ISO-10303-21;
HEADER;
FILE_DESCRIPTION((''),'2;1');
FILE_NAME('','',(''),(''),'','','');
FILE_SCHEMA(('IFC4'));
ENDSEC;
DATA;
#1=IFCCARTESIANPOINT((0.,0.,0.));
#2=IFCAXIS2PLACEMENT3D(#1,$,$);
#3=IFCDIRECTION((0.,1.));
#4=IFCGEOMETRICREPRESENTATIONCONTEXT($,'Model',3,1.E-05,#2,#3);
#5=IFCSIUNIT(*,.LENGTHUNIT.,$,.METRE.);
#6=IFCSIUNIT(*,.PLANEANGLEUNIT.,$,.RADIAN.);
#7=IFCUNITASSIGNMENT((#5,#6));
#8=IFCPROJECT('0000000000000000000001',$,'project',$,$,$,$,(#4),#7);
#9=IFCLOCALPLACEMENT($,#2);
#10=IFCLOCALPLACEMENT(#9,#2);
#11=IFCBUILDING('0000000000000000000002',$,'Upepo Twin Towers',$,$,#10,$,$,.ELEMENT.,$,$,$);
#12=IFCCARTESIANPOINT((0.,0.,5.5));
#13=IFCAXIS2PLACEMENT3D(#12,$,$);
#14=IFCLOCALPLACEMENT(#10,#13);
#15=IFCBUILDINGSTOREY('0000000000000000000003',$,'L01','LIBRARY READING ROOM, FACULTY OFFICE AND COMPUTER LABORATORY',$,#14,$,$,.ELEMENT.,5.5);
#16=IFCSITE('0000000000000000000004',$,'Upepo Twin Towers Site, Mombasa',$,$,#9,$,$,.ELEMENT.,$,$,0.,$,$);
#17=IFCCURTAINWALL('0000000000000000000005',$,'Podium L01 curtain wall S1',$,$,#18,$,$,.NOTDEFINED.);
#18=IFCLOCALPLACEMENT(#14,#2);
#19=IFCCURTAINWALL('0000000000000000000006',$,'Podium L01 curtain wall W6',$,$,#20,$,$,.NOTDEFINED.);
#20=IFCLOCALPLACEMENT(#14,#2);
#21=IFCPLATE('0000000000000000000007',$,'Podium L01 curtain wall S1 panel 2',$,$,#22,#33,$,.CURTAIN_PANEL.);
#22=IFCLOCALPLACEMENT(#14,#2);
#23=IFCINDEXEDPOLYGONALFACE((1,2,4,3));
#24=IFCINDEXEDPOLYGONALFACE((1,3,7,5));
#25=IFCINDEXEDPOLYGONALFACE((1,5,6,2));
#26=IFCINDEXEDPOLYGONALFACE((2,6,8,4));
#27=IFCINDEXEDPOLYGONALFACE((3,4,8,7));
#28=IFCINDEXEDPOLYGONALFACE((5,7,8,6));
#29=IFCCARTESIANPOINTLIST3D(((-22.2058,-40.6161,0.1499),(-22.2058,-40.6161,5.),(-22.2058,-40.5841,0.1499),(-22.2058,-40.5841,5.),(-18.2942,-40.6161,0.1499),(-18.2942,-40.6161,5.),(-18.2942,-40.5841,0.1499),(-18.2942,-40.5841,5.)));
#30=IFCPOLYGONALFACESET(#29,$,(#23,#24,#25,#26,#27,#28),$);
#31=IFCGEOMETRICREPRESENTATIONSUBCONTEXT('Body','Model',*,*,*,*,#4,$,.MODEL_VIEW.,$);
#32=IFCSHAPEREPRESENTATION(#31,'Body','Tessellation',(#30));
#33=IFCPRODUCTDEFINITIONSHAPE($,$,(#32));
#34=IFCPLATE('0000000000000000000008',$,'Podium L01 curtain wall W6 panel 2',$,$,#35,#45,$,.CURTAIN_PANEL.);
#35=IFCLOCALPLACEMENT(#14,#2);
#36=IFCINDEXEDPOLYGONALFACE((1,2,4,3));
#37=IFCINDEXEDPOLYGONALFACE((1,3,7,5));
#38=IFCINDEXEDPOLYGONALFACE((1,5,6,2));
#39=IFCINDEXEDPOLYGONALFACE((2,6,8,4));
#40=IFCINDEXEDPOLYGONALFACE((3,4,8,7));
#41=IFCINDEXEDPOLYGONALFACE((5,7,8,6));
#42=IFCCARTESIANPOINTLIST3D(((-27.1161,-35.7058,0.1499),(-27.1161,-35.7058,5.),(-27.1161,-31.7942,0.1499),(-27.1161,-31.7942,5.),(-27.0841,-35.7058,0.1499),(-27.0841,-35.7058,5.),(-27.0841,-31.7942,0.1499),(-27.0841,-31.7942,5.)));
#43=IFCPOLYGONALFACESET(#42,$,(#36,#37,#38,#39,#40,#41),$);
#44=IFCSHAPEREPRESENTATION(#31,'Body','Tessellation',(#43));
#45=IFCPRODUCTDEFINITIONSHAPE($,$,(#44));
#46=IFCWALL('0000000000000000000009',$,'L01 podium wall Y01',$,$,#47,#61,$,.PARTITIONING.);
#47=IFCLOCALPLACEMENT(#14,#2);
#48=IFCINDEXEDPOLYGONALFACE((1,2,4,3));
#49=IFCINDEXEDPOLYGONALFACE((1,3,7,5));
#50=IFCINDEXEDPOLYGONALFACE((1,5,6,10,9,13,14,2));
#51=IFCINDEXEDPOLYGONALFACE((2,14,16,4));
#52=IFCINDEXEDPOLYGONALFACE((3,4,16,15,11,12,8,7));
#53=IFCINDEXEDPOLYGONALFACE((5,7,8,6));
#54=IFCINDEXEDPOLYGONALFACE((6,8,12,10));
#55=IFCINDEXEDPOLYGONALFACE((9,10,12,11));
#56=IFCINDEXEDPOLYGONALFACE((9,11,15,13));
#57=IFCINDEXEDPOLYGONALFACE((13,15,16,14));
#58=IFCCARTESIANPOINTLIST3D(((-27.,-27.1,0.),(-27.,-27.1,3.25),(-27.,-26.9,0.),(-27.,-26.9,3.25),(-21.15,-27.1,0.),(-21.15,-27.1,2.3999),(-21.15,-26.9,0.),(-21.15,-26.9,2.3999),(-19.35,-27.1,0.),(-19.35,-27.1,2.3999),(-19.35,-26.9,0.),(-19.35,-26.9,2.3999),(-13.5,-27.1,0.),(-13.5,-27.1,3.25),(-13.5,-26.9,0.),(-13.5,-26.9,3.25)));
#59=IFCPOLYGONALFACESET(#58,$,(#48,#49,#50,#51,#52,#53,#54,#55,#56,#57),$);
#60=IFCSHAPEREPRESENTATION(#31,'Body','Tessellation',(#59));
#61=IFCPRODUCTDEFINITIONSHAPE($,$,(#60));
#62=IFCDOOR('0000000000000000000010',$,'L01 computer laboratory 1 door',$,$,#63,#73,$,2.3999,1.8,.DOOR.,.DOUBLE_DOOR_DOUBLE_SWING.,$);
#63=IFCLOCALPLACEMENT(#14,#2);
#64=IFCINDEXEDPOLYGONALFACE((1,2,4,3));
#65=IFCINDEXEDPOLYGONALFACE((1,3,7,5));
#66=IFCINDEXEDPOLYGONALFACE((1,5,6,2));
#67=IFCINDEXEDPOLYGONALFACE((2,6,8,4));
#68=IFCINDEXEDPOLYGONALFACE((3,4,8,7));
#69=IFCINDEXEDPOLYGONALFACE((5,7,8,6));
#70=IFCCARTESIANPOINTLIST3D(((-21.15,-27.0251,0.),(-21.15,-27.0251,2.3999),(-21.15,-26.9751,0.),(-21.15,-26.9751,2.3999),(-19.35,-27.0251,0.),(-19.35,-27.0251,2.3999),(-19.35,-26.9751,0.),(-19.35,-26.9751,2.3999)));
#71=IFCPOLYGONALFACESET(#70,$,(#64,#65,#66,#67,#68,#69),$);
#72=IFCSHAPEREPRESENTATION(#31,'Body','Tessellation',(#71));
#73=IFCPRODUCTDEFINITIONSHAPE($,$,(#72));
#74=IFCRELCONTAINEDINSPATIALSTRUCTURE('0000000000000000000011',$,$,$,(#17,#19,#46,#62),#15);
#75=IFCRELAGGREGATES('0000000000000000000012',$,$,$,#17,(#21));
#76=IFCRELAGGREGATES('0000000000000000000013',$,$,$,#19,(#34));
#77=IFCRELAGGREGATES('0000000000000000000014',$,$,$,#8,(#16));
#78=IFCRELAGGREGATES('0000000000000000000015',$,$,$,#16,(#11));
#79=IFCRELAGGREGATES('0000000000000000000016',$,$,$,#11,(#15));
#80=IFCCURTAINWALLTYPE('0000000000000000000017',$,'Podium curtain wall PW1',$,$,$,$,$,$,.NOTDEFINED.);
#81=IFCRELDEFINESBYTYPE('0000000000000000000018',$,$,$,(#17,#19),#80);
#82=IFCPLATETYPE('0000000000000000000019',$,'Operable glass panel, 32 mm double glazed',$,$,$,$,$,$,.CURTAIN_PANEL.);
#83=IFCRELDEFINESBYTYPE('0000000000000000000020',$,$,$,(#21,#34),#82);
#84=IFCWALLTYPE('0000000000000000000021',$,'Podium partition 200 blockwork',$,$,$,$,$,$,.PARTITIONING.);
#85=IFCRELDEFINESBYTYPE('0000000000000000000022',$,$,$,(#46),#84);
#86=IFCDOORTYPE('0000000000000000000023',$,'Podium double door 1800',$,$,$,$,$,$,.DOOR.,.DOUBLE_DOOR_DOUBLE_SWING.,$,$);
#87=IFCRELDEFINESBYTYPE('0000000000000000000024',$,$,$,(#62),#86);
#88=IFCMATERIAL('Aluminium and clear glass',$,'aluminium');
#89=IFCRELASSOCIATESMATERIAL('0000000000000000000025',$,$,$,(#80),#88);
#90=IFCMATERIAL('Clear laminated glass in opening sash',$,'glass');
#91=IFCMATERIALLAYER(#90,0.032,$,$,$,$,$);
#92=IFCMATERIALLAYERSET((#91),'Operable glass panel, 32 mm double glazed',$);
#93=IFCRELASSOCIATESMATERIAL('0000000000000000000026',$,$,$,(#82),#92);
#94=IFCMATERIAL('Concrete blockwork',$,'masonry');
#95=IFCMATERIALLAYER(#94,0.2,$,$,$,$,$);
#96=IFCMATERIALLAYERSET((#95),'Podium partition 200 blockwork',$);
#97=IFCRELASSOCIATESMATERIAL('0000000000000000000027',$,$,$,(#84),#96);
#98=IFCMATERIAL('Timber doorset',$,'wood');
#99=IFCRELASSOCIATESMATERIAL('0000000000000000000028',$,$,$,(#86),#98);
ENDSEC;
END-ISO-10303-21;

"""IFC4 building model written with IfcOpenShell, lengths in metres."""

from ifc_helpers import new_model, si_unit, direction, frame, frame_2d, origin, origin_2d, place, context, subcontext, project, spatial, rectangle, extrude, material, layer, layer_set, type_object, element, fill, aggregate, save


model = new_model("IFC4")

# Units and contexts
model_context = context("Model", 3, precision=1e-05, world=origin(), true_north=direction((0.0, 1.0)))
body_context = subcontext(model_context, "Body", "Model", "MODEL_VIEW")
ifc_project = project(units=[si_unit("LENGTHUNIT", "METRE"), si_unit("PLANEANGLEUNIT", "RADIAN")], contexts=[model_context])

# Site, building, storey
site_placement = place(None, origin())
site = spatial("IfcSite", under=ifc_project, at=site_placement, Name="Upepo Twin Towers Site, Mombasa", CompositionType="ELEMENT", RefElevation=0.0)
building_placement = place(site_placement, origin())
building = spatial("IfcBuilding", under=site, at=building_placement, Name="Upepo Twin Towers", CompositionType="ELEMENT")
storey_placement = place(building_placement, frame((0.0, 0.0, 5.5)))
storey = spatial("IfcBuildingStorey", under=building, at=storey_placement, Name="L01", Description="LIBRARY READING ROOM, FACULTY OFFICE AND COMPUTER LABORATORY", CompositionType="ELEMENT", Elevation=5.5)

# Curtain wall
ifc_material_1 = material(Name="Aluminium and clear glass", Category="aluminium")
curtain_wall_type = type_object("IfcCurtainWallType", Name="Podium curtain wall PW1", PredefinedType="NOTDEFINED", material=ifc_material_1)
curtain_wall_1_placement = place(storey_placement, origin())
curtain_wall_1 = element("IfcCurtainWall", 1, at=curtain_wall_1_placement, inside=storey, type_object=curtain_wall_type, Name="Podium L01 curtain wall S1", PredefinedType="NOTDEFINED")

# Curtain wall
curtain_wall_2_placement = place(storey_placement, origin())
curtain_wall_2 = element("IfcCurtainWall", 2, at=curtain_wall_2_placement, inside=storey, type_object=curtain_wall_type, Name="Podium L01 curtain wall W6", PredefinedType="NOTDEFINED")

# Plates
ifc_material_2 = material(Name="Clear laminated glass in opening sash", Category="glass")
ifc_layer_1 = layer(ifc_material_2, 0.032)
ifc_layer_set_1 = layer_set([ifc_layer_1], Name="Operable glass panel, 32 mm double glazed")
plate_type_1 = type_object("IfcPlateType", Name="Operable glass panel, 32 mm double glazed", PredefinedType="CURTAIN_PANEL", material=ifc_layer_set_1)
plate_1_placement = place(storey_placement, frame((-20.25, -40.6001, 0.1499), z_axis=(0.0, 0.0, 1.0), x_axis=(1.0, 0.0, 0.0)))
plate_1 = element("IfcPlate", 3, at=plate_1_placement, type_object=plate_type_1, Name="Podium L01 curtain wall S1 panel 2", PredefinedType="CURTAIN_PANEL", context=body_context, shape_type="SweptSolid", body=[
    extrude(rectangle(XDim=3.9116, YDim=0.032, at=origin_2d()), origin(), (0.0, 0.0, 1.0), 4.8501),
])
aggregate(curtain_wall_1, [plate_1])
plate_2_placement = place(storey_placement, frame((-27.1001, -33.75, 0.1499), z_axis=(0.0, 0.0, 1.0), x_axis=(0.0, -1.0, 0.0)))
plate_2 = element("IfcPlate", 4, at=plate_2_placement, type_object=plate_type_1, Name="Podium L01 curtain wall W6 panel 2", PredefinedType="CURTAIN_PANEL", context=body_context, shape_type="SweptSolid", body=[
    extrude(rectangle(XDim=3.9116, YDim=0.032, at=origin_2d()), origin(), (0.0, 0.0, 1.0), 4.8501),
])
aggregate(curtain_wall_2, [plate_2])

# Wall, opening, door
ifc_material_3 = material(Name="Concrete blockwork", Category="masonry")
ifc_layer_2 = layer(ifc_material_3, 0.2)
ifc_layer_set_2 = layer_set([ifc_layer_2], Name="Podium partition 200 blockwork")
wall_type = type_object("IfcWallType", Name="Podium partition 200 blockwork", PredefinedType="PARTITIONING", material=ifc_layer_set_2)
wall_placement = place(storey_placement, frame((-27.0, -27.0, 0.0), z_axis=(0.0, 0.0, 1.0), x_axis=(1.0, 0.0, 0.0)))
wall = element("IfcWall", 5, at=wall_placement, inside=storey, type_object=wall_type, Name="L01 podium wall Y01", PredefinedType="PARTITIONING", context=body_context, shape_type="SweptSolid", body=[
    extrude(rectangle(XDim=13.5, YDim=0.2, at=frame_2d((6.75, 0.0))), origin(), (0.0, 0.0, 1.0), 3.25),
])
opening_placement = place(wall_placement, frame((5.8501, 0.0, 0.0)))
opening = element("IfcOpeningElement", 6, at=opening_placement, cuts=wall, PredefinedType="OPENING", context=body_context, shape_type="SweptSolid", body=[
    extrude(rectangle(XDim=1.8, YDim=2.3999, at=frame_2d((0.8999, 1.2))), frame((0.0, 0.1099, 0.0), z_axis=(0.0, -1.0, 0.0), x_axis=(1.0, 0.0, 0.0)), (0.0, 0.0, 1.0), 0.22),
])
ifc_material_4 = material(Name="Timber doorset", Category="wood")
door_type = type_object("IfcDoorType", Name="Podium double door 1800", OperationType="DOUBLE_DOOR_DOUBLE_SWING", PredefinedType="DOOR", material=ifc_material_4)
door_placement = place(opening_placement, origin())
door = element("IfcDoor", 7, at=door_placement, inside=storey, type_object=door_type, Name="L01 computer laboratory 1 door", OperationType="DOUBLE_DOOR_DOUBLE_SWING", OverallHeight=2.3999, OverallWidth=1.8, PredefinedType="DOOR", context=body_context, shape_type="SweptSolid", body=[
    extrude(rectangle(XDim=1.8, YDim=2.3999, at=frame_2d((0.8999, 1.2))), frame((0.0, 0.0249, 0.0), z_axis=(0.0, -1.0, 0.0), x_axis=(1.0, 0.0, 0.0)), (0.0, 0.0, 1.0), 0.05),
])
fill(opening, door)

save(model, "model.ifc")
